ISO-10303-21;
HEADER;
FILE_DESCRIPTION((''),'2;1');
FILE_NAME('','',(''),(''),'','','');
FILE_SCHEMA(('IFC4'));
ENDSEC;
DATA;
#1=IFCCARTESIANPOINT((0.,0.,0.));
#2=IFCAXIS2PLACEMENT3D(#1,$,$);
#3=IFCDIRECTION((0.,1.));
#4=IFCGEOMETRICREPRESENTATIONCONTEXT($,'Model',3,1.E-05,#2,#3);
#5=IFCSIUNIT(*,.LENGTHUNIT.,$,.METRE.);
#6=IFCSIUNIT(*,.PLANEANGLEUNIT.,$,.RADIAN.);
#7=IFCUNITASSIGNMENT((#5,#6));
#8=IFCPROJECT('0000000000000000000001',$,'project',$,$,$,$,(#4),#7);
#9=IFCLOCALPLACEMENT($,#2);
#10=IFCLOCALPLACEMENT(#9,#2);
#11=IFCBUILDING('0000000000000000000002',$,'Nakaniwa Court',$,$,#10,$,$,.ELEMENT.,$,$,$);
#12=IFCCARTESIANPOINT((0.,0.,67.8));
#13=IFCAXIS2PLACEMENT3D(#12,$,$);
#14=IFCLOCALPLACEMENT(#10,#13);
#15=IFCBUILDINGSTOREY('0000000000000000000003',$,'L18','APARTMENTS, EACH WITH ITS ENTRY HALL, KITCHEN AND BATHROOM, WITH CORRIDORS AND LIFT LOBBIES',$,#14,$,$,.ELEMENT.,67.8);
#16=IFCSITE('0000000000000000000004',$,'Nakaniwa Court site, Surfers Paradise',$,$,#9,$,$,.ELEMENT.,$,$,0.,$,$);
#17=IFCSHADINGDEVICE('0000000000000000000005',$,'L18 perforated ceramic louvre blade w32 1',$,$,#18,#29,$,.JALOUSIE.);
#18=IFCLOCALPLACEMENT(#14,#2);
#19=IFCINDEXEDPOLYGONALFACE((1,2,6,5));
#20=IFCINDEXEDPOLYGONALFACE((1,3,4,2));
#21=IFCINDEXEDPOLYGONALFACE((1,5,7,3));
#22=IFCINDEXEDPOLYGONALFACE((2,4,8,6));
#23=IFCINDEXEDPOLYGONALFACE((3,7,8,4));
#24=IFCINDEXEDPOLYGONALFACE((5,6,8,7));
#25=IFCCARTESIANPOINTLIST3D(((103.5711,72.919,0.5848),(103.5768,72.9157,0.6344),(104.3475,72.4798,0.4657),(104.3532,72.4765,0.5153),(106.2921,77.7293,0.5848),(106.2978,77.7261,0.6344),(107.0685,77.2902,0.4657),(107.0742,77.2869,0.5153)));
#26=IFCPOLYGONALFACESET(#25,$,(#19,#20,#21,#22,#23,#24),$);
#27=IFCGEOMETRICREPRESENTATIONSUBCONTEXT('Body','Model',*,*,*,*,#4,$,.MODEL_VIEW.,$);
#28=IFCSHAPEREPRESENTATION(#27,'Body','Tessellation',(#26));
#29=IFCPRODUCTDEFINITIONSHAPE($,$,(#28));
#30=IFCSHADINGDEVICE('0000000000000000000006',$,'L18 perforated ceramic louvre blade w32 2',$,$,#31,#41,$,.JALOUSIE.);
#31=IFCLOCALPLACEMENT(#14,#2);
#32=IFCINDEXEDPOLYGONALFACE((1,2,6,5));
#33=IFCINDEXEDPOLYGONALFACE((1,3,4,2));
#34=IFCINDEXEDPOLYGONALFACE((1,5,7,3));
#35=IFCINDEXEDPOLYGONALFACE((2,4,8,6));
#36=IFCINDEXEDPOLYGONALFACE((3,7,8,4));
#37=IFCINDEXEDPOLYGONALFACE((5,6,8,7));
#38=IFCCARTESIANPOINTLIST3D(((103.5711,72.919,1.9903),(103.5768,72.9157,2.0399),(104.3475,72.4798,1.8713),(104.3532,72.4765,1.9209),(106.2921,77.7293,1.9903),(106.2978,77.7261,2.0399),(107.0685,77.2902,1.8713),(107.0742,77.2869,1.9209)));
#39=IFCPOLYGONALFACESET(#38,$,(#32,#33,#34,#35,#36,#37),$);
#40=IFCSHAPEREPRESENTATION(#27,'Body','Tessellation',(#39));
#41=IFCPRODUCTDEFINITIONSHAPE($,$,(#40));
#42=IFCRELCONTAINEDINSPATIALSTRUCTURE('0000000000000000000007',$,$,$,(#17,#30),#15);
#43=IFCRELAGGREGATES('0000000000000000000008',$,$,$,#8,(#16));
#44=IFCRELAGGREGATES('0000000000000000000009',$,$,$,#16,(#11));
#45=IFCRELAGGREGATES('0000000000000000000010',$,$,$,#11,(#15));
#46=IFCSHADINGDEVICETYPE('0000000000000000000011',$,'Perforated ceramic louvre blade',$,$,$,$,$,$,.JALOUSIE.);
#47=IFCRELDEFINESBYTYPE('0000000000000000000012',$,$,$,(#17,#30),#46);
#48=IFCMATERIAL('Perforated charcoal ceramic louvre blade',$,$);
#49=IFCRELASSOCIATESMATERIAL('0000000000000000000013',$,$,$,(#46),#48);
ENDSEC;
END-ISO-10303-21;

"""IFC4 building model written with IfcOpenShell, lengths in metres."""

from ifc_helpers import new_model, si_unit, direction, frame, origin, origin_2d, place, context, subcontext, project, spatial, rectangle, extrude, material, material_profile, profile_set, type_object, element, save


model = new_model("IFC4")

# Units and contexts
model_context = context("Model", 3, precision=1e-05, world=origin(), true_north=direction((0.0, 1.0)))
body_context = subcontext(model_context, "Body", "Model", "MODEL_VIEW")
ifc_project = project(units=[si_unit("LENGTHUNIT", "METRE"), si_unit("PLANEANGLEUNIT", "RADIAN")], contexts=[model_context])

# Site, building, storey
site_placement = place(None, origin())
site = spatial("IfcSite", under=ifc_project, at=site_placement, Name="Nakaniwa Court site, Surfers Paradise", CompositionType="ELEMENT", RefElevation=0.0)
building_placement = place(site_placement, origin())
building = spatial("IfcBuilding", under=site, at=building_placement, Name="Nakaniwa Court", CompositionType="ELEMENT")
storey_placement = place(building_placement, frame((0.0, 0.0, 67.8)))
storey = spatial("IfcBuildingStorey", under=building, at=storey_placement, Name="L18", Description="APARTMENTS, EACH WITH ITS ENTRY HALL, KITCHEN AND BATHROOM, WITH CORRIDORS AND LIFT LOBBIES", CompositionType="ELEMENT", Elevation=67.8)

# Shading devices
ifc_material_1 = material(Name="Perforated charcoal ceramic louvre blade")
ifc_material_profile_1 = material_profile(ifc_material_1, rectangle(XDim=0.8999, YDim=0.05, at=origin_2d()), Name="Perforated ceramic louvre blade")
ifc_profile_set_1 = profile_set([ifc_material_profile_1], Name="Perforated charcoal ceramic louvre blade")
shading_device_type = type_object("IfcShadingDeviceType", Name="Perforated ceramic louvre blade", PredefinedType="JALOUSIE", material=ifc_profile_set_1)
for number, where, z_axis, x_axis, name in (
    (1, (103.9622, 72.6978, 0.55), (0.492343, 0.870402, 0.0), (-0.862756, 0.488018, 0.132256), "L18 perforated ceramic louvre blade w32 1"),
    (2, (103.9622, 72.6978, 1.9556), (0.492343, 0.870402, 0.0), (-0.862756, 0.488018, 0.132256), "L18 perforated ceramic louvre blade w32 2"),
):
    element("IfcShadingDevice", number, at=place(storey_placement, frame(where, z_axis=z_axis, x_axis=x_axis)), inside=storey, type_object=shading_device_type, Name=name, PredefinedType="JALOUSIE", context=body_context, shape_type="SweptSolid", body=[
        extrude(rectangle(XDim=0.8999, YDim=0.05, at=origin_2d()), origin(), (0.0, 0.0, 1.0), 5.5266),
    ])

save(model, "model.ifc")
